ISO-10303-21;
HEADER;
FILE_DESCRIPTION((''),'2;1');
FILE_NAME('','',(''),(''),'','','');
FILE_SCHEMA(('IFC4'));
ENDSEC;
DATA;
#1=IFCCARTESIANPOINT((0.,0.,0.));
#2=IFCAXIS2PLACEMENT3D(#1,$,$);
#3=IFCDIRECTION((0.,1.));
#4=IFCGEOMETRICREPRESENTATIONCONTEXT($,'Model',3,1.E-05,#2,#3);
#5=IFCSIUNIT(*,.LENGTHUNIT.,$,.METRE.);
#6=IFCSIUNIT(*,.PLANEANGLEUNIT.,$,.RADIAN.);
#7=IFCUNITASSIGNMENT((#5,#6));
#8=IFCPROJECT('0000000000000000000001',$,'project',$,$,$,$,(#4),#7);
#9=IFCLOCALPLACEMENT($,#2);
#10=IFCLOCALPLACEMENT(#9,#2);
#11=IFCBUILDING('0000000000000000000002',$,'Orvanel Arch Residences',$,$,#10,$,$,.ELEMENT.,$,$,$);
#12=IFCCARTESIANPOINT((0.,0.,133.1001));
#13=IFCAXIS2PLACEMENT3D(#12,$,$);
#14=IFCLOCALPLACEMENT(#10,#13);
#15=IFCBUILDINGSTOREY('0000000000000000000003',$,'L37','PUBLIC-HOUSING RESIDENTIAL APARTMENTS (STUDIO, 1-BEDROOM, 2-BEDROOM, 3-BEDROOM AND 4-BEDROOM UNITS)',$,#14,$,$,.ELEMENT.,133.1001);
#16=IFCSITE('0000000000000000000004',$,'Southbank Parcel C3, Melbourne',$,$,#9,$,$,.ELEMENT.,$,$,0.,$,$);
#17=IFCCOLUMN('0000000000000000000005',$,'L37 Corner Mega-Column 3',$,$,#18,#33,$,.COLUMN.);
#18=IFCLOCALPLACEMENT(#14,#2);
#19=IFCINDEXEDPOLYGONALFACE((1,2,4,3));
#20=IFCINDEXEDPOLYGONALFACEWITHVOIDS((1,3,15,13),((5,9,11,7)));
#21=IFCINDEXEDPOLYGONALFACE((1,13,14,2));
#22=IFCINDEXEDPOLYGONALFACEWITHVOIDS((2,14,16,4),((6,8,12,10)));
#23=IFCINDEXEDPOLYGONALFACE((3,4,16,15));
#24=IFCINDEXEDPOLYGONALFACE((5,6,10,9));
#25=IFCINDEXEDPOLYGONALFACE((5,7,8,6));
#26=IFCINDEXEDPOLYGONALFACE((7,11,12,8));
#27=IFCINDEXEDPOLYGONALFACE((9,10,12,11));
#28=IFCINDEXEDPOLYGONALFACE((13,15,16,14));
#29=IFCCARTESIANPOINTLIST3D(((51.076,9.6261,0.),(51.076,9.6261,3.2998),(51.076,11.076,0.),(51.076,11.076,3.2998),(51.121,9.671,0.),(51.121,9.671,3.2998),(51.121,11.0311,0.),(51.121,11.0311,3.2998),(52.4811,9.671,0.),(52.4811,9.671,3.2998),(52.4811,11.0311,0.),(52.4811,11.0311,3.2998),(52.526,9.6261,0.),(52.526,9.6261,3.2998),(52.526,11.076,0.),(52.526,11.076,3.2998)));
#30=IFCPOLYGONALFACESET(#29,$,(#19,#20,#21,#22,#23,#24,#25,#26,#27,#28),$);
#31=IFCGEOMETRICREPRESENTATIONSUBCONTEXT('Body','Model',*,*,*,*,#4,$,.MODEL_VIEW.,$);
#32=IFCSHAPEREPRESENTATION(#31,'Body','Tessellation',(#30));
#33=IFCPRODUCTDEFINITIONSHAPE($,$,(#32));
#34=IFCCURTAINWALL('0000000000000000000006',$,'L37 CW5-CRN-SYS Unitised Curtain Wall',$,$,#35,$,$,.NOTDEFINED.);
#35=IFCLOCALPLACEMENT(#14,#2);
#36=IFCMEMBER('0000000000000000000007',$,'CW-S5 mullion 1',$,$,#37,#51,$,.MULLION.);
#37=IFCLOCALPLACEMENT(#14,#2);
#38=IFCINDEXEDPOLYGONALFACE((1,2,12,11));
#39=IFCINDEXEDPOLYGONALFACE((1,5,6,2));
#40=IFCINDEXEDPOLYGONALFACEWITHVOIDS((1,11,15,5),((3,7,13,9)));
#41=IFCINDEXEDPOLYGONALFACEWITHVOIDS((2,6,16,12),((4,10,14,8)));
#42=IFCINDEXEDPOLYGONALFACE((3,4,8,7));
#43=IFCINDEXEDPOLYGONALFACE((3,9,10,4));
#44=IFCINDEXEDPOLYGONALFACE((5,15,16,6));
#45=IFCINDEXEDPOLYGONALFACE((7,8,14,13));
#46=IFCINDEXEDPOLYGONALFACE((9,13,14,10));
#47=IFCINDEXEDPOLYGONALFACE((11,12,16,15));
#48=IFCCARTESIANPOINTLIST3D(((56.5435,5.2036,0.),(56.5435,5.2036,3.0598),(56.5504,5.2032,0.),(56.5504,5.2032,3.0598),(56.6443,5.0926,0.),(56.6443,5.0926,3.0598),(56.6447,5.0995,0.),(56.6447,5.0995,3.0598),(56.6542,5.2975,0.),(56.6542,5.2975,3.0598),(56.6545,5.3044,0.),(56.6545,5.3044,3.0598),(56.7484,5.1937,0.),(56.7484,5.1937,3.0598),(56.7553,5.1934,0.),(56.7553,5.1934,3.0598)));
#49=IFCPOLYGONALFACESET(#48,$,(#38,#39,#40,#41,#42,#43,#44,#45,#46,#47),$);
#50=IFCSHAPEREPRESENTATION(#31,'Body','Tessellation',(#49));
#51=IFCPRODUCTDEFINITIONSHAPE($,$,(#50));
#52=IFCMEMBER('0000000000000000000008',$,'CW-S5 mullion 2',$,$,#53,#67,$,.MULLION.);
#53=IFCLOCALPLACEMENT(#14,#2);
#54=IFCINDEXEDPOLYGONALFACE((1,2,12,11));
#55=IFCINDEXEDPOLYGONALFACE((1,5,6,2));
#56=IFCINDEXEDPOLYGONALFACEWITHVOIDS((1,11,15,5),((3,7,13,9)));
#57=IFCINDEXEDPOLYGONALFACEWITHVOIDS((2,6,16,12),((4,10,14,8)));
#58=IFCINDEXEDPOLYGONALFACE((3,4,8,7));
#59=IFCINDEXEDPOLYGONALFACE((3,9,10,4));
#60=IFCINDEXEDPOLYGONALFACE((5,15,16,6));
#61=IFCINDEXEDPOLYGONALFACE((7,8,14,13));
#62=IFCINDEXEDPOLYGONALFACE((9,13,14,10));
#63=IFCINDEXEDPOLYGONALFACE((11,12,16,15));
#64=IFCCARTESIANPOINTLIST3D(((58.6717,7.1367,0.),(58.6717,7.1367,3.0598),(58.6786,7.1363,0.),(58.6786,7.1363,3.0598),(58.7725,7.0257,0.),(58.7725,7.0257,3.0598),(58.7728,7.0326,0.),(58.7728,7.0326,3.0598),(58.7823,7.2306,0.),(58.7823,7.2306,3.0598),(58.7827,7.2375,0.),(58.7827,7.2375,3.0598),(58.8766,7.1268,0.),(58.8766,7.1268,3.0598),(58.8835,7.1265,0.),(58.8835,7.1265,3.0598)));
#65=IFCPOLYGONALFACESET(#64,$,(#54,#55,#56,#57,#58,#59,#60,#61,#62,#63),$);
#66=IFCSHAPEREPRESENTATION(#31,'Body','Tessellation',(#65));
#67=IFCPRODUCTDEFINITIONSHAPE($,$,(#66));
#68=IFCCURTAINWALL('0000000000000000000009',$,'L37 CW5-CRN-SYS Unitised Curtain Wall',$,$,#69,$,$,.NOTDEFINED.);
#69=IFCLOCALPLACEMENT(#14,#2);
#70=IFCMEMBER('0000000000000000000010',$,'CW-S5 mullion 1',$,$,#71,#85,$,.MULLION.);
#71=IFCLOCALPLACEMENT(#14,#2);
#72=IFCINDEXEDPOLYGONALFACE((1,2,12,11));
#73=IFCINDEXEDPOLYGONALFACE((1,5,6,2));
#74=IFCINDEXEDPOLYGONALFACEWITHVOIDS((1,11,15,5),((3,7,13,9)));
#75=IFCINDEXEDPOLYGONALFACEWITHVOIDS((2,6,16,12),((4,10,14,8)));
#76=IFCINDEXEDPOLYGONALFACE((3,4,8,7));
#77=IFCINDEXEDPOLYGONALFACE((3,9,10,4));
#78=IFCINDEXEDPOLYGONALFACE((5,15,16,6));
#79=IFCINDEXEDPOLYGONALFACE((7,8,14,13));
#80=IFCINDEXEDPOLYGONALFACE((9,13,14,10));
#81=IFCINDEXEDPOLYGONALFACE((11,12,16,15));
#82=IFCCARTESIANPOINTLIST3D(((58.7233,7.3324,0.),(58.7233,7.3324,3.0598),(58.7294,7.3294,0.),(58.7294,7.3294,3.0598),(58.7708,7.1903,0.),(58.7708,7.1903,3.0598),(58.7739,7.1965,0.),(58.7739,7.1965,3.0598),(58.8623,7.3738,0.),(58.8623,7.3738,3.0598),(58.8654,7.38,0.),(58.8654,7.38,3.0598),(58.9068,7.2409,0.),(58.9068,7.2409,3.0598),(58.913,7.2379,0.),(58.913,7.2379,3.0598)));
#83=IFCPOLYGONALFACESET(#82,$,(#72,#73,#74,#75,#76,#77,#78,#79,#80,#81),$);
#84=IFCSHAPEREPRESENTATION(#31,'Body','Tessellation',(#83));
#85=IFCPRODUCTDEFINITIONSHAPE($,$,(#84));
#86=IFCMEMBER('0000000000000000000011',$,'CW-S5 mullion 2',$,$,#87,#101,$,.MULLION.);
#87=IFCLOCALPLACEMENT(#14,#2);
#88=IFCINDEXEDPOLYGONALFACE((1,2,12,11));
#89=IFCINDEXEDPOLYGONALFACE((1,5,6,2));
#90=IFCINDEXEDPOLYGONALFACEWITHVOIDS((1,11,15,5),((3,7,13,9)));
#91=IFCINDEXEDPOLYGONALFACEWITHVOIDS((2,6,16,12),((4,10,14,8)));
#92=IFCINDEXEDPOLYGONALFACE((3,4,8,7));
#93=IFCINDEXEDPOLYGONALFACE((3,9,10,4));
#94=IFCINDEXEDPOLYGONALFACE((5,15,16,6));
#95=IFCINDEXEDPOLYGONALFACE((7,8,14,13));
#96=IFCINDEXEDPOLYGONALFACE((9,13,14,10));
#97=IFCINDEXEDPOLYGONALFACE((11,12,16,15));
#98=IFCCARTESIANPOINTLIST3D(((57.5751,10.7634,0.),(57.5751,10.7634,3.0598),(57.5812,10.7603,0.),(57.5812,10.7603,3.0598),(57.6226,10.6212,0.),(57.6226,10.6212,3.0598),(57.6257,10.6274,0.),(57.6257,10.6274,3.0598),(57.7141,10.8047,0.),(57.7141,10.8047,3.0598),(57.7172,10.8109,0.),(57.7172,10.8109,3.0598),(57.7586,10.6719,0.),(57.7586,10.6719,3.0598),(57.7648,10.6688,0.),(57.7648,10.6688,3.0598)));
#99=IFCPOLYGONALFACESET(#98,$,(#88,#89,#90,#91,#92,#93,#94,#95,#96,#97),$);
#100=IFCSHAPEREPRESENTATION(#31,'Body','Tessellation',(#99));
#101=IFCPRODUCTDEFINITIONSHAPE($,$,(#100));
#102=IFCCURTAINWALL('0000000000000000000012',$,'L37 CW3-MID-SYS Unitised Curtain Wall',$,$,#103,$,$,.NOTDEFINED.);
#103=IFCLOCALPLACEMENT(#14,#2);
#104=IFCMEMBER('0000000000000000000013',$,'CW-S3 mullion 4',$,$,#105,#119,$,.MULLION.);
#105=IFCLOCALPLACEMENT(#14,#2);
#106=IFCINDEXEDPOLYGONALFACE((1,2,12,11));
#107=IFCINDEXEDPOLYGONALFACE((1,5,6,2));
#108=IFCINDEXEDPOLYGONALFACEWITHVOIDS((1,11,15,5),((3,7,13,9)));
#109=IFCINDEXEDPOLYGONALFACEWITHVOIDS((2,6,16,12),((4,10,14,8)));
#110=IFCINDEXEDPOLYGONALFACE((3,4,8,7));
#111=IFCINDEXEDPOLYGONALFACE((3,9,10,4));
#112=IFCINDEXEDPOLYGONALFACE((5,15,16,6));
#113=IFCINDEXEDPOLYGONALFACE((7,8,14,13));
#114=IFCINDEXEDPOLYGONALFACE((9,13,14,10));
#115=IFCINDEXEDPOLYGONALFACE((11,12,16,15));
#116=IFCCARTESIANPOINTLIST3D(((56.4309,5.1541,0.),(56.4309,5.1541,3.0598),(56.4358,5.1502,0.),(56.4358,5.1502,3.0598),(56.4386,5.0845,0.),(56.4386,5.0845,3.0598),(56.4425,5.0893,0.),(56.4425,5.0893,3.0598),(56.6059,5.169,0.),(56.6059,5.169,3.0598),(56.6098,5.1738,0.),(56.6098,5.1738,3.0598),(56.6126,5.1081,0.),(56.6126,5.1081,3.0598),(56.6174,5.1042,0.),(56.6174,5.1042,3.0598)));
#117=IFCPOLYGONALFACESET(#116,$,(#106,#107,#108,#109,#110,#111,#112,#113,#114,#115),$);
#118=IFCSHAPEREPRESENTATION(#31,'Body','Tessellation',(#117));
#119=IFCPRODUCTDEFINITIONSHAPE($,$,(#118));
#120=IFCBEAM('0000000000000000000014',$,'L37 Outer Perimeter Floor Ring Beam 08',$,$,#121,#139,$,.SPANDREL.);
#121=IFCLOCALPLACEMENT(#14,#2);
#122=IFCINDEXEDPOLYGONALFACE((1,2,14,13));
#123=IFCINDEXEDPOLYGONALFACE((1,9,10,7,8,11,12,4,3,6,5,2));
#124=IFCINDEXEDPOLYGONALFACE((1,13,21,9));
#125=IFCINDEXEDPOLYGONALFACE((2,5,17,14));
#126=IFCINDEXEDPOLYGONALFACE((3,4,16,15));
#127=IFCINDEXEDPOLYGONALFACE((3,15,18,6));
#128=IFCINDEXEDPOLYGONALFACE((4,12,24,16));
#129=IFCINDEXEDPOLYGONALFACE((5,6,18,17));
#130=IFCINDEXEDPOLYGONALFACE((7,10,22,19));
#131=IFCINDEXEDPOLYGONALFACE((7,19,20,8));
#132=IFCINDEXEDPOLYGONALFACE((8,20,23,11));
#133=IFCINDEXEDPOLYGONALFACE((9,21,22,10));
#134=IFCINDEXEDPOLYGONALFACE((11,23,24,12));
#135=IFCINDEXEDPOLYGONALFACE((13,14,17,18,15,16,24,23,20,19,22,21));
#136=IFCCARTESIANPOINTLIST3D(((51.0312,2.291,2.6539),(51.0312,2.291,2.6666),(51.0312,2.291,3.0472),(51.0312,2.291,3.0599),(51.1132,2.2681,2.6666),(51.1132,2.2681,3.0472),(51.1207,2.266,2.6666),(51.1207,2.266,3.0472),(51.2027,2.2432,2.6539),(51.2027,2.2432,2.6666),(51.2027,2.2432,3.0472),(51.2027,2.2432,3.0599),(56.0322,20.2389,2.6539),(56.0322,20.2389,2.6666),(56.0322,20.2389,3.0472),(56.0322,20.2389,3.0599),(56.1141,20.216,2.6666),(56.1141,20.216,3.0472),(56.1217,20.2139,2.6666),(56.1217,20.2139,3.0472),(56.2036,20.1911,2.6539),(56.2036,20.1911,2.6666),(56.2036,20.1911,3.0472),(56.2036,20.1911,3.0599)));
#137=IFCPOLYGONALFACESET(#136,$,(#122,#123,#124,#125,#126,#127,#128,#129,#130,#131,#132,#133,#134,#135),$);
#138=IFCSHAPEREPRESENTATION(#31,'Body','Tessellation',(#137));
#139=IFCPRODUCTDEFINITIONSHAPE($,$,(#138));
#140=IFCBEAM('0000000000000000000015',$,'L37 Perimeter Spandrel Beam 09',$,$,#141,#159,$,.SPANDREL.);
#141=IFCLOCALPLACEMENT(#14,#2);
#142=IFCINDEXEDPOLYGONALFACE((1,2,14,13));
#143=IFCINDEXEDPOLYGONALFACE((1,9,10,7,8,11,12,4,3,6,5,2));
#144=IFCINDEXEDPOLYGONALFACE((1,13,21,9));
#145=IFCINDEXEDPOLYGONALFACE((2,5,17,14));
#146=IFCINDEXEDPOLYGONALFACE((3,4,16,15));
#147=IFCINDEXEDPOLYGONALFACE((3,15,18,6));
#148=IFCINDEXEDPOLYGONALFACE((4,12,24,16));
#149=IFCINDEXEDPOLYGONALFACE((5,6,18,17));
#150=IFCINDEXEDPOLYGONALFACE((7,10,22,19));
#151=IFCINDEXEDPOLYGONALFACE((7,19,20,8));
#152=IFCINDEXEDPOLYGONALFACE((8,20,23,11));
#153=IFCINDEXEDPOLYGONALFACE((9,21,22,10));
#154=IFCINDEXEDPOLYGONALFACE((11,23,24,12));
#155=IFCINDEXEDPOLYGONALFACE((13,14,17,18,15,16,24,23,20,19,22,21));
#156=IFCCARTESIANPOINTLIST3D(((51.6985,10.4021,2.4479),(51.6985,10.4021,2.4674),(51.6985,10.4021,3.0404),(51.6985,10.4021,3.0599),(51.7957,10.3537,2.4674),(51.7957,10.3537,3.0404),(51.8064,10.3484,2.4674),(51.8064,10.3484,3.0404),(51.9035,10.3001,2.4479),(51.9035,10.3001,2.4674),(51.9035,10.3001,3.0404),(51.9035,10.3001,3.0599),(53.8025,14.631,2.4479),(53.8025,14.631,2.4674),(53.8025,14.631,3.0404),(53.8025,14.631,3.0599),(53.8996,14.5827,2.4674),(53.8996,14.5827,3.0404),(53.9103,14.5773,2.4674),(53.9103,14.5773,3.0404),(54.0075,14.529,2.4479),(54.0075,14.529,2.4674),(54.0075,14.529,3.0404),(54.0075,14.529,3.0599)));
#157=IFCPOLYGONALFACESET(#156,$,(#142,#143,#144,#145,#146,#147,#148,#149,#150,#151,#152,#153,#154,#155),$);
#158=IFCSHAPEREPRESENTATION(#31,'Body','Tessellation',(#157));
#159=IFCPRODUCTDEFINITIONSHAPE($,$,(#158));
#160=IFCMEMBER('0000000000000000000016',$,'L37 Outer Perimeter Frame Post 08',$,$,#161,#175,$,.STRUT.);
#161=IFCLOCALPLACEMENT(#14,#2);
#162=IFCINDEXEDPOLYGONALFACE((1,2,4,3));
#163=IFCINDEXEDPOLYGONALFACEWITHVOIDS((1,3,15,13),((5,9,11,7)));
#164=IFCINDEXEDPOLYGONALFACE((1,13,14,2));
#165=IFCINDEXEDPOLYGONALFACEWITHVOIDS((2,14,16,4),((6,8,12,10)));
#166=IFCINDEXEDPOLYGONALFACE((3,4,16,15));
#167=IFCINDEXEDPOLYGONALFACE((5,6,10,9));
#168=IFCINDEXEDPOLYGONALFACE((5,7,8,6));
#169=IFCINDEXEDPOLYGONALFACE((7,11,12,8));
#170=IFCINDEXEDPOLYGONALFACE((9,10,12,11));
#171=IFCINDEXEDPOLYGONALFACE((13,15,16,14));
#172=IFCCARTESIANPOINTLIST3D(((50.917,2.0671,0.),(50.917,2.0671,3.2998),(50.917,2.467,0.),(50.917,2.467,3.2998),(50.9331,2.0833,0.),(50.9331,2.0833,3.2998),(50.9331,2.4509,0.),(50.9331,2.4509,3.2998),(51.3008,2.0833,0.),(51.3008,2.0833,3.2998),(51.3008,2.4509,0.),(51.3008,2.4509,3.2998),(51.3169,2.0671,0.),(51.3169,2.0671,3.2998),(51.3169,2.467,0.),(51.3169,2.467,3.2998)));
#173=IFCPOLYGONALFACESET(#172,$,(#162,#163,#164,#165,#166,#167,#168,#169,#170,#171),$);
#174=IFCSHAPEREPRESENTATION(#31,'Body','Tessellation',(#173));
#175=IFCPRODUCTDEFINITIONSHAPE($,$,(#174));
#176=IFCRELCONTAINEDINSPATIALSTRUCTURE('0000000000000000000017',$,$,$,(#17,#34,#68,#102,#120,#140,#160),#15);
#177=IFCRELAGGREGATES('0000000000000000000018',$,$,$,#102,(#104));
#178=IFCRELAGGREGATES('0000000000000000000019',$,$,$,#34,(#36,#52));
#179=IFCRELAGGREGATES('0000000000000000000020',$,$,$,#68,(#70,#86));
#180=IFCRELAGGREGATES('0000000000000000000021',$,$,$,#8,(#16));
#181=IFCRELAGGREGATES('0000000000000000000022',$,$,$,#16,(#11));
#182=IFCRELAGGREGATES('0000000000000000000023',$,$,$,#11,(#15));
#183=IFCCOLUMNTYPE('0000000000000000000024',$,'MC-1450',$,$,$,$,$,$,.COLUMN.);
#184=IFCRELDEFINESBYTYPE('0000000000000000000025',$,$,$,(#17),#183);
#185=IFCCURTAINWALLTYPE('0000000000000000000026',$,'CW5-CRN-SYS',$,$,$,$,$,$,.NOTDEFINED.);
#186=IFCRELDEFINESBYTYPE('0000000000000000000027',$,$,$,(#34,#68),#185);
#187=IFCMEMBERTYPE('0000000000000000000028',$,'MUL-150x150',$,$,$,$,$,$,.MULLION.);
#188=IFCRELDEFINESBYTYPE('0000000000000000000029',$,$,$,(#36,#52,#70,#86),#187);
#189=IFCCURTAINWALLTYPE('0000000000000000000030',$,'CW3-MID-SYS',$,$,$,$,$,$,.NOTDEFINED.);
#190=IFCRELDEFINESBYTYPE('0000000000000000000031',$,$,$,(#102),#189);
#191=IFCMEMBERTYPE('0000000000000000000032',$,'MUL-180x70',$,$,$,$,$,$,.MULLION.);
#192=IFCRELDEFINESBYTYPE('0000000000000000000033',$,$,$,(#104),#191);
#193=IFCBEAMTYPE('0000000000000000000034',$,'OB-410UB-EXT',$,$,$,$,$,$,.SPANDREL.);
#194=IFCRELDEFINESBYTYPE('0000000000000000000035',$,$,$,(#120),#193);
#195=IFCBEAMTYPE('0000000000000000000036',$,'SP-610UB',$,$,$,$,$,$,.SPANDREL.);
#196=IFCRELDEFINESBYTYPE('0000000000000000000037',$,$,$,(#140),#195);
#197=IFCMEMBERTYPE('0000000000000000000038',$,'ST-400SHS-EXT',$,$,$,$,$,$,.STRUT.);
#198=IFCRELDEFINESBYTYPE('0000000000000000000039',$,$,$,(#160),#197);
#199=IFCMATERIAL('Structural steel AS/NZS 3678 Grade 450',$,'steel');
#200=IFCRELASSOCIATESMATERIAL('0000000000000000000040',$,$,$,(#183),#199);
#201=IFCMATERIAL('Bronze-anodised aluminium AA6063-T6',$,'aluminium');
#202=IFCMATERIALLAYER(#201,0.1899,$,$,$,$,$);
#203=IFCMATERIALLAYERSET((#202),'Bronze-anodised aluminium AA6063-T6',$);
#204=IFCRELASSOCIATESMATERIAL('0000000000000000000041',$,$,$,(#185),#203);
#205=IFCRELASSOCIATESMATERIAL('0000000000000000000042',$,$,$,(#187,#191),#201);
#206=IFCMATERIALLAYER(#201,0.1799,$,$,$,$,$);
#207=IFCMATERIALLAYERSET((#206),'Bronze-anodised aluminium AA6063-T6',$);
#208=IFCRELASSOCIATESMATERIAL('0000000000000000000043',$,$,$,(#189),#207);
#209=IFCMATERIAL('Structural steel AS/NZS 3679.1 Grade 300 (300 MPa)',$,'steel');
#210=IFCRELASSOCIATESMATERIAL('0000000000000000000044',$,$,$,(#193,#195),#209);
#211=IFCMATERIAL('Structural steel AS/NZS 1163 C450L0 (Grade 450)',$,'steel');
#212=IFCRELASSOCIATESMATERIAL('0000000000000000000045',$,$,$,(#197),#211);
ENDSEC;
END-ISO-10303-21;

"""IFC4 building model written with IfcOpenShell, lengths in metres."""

from ifc_helpers import new_model, si_unit, direction, frame, origin, origin_2d, place, context, subcontext, project, spatial, hollow_rectangle, i_section, extrude, material, layer, layer_set, material_profile, profile_set, type_object, element, aggregate, save


model = new_model("IFC4")

# Units and contexts
model_context = context("Model", 3, precision=1e-05, world=origin(), true_north=direction((0.0, 1.0)))
body_context = subcontext(model_context, "Body", "Model", "MODEL_VIEW")
ifc_project = project(units=[si_unit("LENGTHUNIT", "METRE"), si_unit("PLANEANGLEUNIT", "RADIAN")], contexts=[model_context])

# Site, building, storey
site_placement = place(None, origin())
site = spatial("IfcSite", under=ifc_project, at=site_placement, Name="Southbank Parcel C3, Melbourne", CompositionType="ELEMENT", RefElevation=0.0)
building_placement = place(site_placement, origin())
building = spatial("IfcBuilding", under=site, at=building_placement, Name="Orvanel Arch Residences", CompositionType="ELEMENT")
storey_placement = place(building_placement, frame((0.0, 0.0, 133.1001)))
storey = spatial("IfcBuildingStorey", under=building, at=storey_placement, Name="L37", Description="PUBLIC-HOUSING RESIDENTIAL APARTMENTS (STUDIO, 1-BEDROOM, 2-BEDROOM, 3-BEDROOM AND 4-BEDROOM UNITS)", CompositionType="ELEMENT", Elevation=133.1001)

# Column
ifc_material_1 = material(Name="Structural steel AS/NZS 3678 Grade 450", Category="steel")
ifc_material_profile_1 = material_profile(ifc_material_1, hollow_rectangle(XDim=1.45, YDim=1.45, WallThickness=0.0449, at=origin_2d()), Name="BOX1450x1450x45")
ifc_profile_set_1 = profile_set([ifc_material_profile_1], Name="Structural steel AS/NZS 3678 Grade 450")
column_type = type_object("IfcColumnType", Name="MC-1450", PredefinedType="COLUMN", material=ifc_profile_set_1)
column_placement = place(storey_placement, frame((51.801, 10.3511, 0.0), z_axis=(0.0, 0.0, 1.0), x_axis=(1.0, 0.0, 0.0)))
element("IfcColumn", 1, at=column_placement, inside=storey, type_object=column_type, Name="L37 Corner Mega-Column 3", PredefinedType="COLUMN", context=body_context, shape_type="SweptSolid", body=[
    extrude(hollow_rectangle(XDim=1.45, YDim=1.45, WallThickness=0.0449, at=origin_2d()), origin(), (0.0, 0.0, 1.0), 3.2998),
])

# Curtain walls, members
ifc_material_2 = material(Name="Bronze-anodised aluminium AA6063-T6", Category="aluminium")
ifc_layer_1 = layer(ifc_material_2, 0.1899)
ifc_layer_set_1 = layer_set([ifc_layer_1], Name="Bronze-anodised aluminium AA6063-T6")
curtain_wall_type_1 = type_object("IfcCurtainWallType", Name="CW5-CRN-SYS", PredefinedType="NOTDEFINED", material=ifc_layer_set_1)
curtain_wall_1_placement = place(storey_placement, origin())
curtain_wall_1 = element("IfcCurtainWall", 2, at=curtain_wall_1_placement, inside=storey, type_object=curtain_wall_type_1, Name="L37 CW5-CRN-SYS Unitised Curtain Wall", PredefinedType="NOTDEFINED")
ifc_material_profile_2 = material_profile(ifc_material_2, hollow_rectangle(XDim=0.1499, YDim=0.1499, WallThickness=0.0049, at=origin_2d()), Name="ALU150x150x5")
ifc_profile_set_2 = profile_set([ifc_material_profile_2], Name="Bronze-anodised aluminium AA6063-T6")
member_type_1 = type_object("IfcMemberType", Name="MUL-150x150", PredefinedType="MULLION", material=ifc_profile_set_2)
member_1_placement = place(storey_placement, frame((56.6494, 5.1985, 0.0), z_axis=(0.0, 0.0, 1.0), x_axis=(-0.672409, 0.740179, 0.0)))
member_1 = element("IfcMember", 3, at=member_1_placement, type_object=member_type_1, Name="CW-S5 mullion 1", PredefinedType="MULLION", context=body_context, shape_type="SweptSolid", body=[
    extrude(hollow_rectangle(XDim=0.1499, YDim=0.1499, WallThickness=0.0049, at=origin_2d()), origin(), (0.0, 0.0, 1.0), 3.0598),
])
member_2_placement = place(storey_placement, frame((58.7776, 7.1316, 0.0), z_axis=(0.0, 0.0, 1.0), x_axis=(-0.672409, 0.740179, 0.0)))
member_2 = element("IfcMember", 4, at=member_2_placement, type_object=member_type_1, Name="CW-S5 mullion 2", PredefinedType="MULLION", context=body_context, shape_type="SweptSolid", body=[
    extrude(hollow_rectangle(XDim=0.1499, YDim=0.1499, WallThickness=0.0049, at=origin_2d()), origin(), (0.0, 0.0, 1.0), 3.0598),
])
curtain_wall_2_placement = place(storey_placement, origin())
curtain_wall_2 = element("IfcCurtainWall", 5, at=curtain_wall_2_placement, inside=storey, type_object=curtain_wall_type_1, Name="L37 CW5-CRN-SYS Unitised Curtain Wall", PredefinedType="NOTDEFINED")
member_3_placement = place(storey_placement, frame((58.8181, 7.2852, 0.0), z_axis=(0.0, 0.0, 1.0), x_axis=(-0.948304, -0.317365, 0.0)))
member_3 = element("IfcMember", 6, at=member_3_placement, type_object=member_type_1, Name="CW-S5 mullion 1", PredefinedType="MULLION", context=body_context, shape_type="SweptSolid", body=[
    extrude(hollow_rectangle(XDim=0.1499, YDim=0.1499, WallThickness=0.0049, at=origin_2d()), origin(), (0.0, 0.0, 1.0), 3.0598),
])
member_4_placement = place(storey_placement, frame((57.6699, 10.7161, 0.0), z_axis=(0.0, 0.0, 1.0), x_axis=(-0.948304, -0.317365, 0.0)))
member_4 = element("IfcMember", 7, at=member_4_placement, type_object=member_type_1, Name="CW-S5 mullion 2", PredefinedType="MULLION", context=body_context, shape_type="SweptSolid", body=[
    extrude(hollow_rectangle(XDim=0.1499, YDim=0.1499, WallThickness=0.0049, at=origin_2d()), origin(), (0.0, 0.0, 1.0), 3.0598),
])

# Curtain wall, member
ifc_layer_2 = layer(ifc_material_2, 0.1799)
ifc_layer_set_2 = layer_set([ifc_layer_2], Name="Bronze-anodised aluminium AA6063-T6")
curtain_wall_type_2 = type_object("IfcCurtainWallType", Name="CW3-MID-SYS", PredefinedType="NOTDEFINED", material=ifc_layer_set_2)
curtain_wall_3_placement = place(storey_placement, origin())
curtain_wall_3 = element("IfcCurtainWall", 8, at=curtain_wall_3_placement, inside=storey, type_object=curtain_wall_type_2, Name="L37 CW3-MID-SYS Unitised Curtain Wall", PredefinedType="NOTDEFINED")
ifc_material_profile_3 = material_profile(ifc_material_2, hollow_rectangle(XDim=0.0701, YDim=0.1799, WallThickness=0.0044, at=origin_2d()), Name="ALU180x70x4.5")
ifc_profile_set_3 = profile_set([ifc_material_profile_3], Name="Bronze-anodised aluminium AA6063-T6")
member_type_2 = type_object("IfcMemberType", Name="MUL-180x70", PredefinedType="MULLION", material=ifc_profile_set_3)
member_5_placement = place(storey_placement, frame((56.5242, 5.1292, 0.0), z_axis=(0.0, 0.0, 1.0), x_axis=(-0.109628, 0.993973, 0.0)))
member_5 = element("IfcMember", 9, at=member_5_placement, type_object=member_type_2, Name="CW-S3 mullion 4", PredefinedType="MULLION", context=body_context, shape_type="SweptSolid", body=[
    extrude(hollow_rectangle(XDim=0.0701, YDim=0.1799, WallThickness=0.0044, at=origin_2d()), origin(), (0.0, 0.0, 1.0), 3.0598),
])

# Beams
ifc_material_3 = material(Name="Structural steel AS/NZS 3679.1 Grade 300 (300 MPa)", Category="steel")
ifc_material_profile_4 = material_profile(ifc_material_3, i_section(OverallWidth=0.178, OverallDepth=0.406, WebThickness=0.0078, FlangeThickness=0.0127, at=origin_2d()), Name="410UB59.7")
ifc_profile_set_4 = profile_set([ifc_material_profile_4], Name="Structural steel AS/NZS 3679.1 Grade 300 (300 MPa)")
beam_type_1 = type_object("IfcBeamType", Name="OB-410UB-EXT", PredefinedType="SPANDREL", material=ifc_profile_set_4)
beam_1_placement = place(storey_placement, frame((51.1169, 2.2671, 2.8569), z_axis=(0.268412, 0.963304, 0.0), x_axis=(-0.963304, 0.268412, 0.0)))
element("IfcBeam", 10, at=beam_1_placement, inside=storey, type_object=beam_type_1, Name="L37 Outer Perimeter Floor Ring Beam 08", PredefinedType="SPANDREL", context=body_context, shape_type="SweptSolid", body=[
    extrude(i_section(OverallWidth=0.178, OverallDepth=0.406, WebThickness=0.0078, FlangeThickness=0.0127, at=origin_2d()), origin(), (0.0, 0.0, 1.0), 18.6316),
])
ifc_material_profile_5 = material_profile(ifc_material_3, i_section(OverallWidth=0.229, OverallDepth=0.6121, WebThickness=0.012, FlangeThickness=0.0195, at=origin_2d()), Name="610UB125")
ifc_profile_set_5 = profile_set([ifc_material_profile_5], Name="Structural steel AS/NZS 3679.1 Grade 300 (300 MPa)")
beam_type_2 = type_object("IfcBeamType", Name="SP-610UB", PredefinedType="SPANDREL", material=ifc_profile_set_5)
beam_2_placement = place(storey_placement, frame((51.801, 10.3511, 2.7539), z_axis=(0.445435, 0.895314, 0.0), x_axis=(-0.895314, 0.445435, 0.0)))
element("IfcBeam", 11, at=beam_2_placement, inside=storey, type_object=beam_type_2, Name="L37 Perimeter Spandrel Beam 09", PredefinedType="SPANDREL", context=body_context, shape_type="SweptSolid", body=[
    extrude(i_section(OverallWidth=0.229, OverallDepth=0.6121, WebThickness=0.012, FlangeThickness=0.0195, at=origin_2d()), origin(), (0.0, 0.0, 1.0), 4.7234),
])

# Member
ifc_material_4 = material(Name="Structural steel AS/NZS 1163 C450L0 (Grade 450)", Category="steel")
ifc_material_profile_6 = material_profile(ifc_material_4, hollow_rectangle(XDim=0.3999, YDim=0.3999, WallThickness=0.0161, at=origin_2d()), Name="SHS400x400x16")
ifc_profile_set_6 = profile_set([ifc_material_profile_6], Name="Structural steel AS/NZS 1163 C450L0 (Grade 450)")
member_type_3 = type_object("IfcMemberType", Name="ST-400SHS-EXT", PredefinedType="STRUT", material=ifc_profile_set_6)
member_6_placement = place(storey_placement, frame((51.1169, 2.2671, 0.0), z_axis=(0.0, 0.0, 1.0), x_axis=(1.0, 0.0, 0.0)))
element("IfcMember", 12, at=member_6_placement, inside=storey, type_object=member_type_3, Name="L37 Outer Perimeter Frame Post 08", PredefinedType="STRUT", context=body_context, shape_type="SweptSolid", body=[
    extrude(hollow_rectangle(XDim=0.3999, YDim=0.3999, WallThickness=0.0161, at=origin_2d()), origin(), (0.0, 0.0, 1.0), 3.2998),
])

aggregate(curtain_wall_3, [member_5])
aggregate(curtain_wall_1, [member_1, member_2])
aggregate(curtain_wall_2, [member_3, member_4])

save(model, "model.ifc")
